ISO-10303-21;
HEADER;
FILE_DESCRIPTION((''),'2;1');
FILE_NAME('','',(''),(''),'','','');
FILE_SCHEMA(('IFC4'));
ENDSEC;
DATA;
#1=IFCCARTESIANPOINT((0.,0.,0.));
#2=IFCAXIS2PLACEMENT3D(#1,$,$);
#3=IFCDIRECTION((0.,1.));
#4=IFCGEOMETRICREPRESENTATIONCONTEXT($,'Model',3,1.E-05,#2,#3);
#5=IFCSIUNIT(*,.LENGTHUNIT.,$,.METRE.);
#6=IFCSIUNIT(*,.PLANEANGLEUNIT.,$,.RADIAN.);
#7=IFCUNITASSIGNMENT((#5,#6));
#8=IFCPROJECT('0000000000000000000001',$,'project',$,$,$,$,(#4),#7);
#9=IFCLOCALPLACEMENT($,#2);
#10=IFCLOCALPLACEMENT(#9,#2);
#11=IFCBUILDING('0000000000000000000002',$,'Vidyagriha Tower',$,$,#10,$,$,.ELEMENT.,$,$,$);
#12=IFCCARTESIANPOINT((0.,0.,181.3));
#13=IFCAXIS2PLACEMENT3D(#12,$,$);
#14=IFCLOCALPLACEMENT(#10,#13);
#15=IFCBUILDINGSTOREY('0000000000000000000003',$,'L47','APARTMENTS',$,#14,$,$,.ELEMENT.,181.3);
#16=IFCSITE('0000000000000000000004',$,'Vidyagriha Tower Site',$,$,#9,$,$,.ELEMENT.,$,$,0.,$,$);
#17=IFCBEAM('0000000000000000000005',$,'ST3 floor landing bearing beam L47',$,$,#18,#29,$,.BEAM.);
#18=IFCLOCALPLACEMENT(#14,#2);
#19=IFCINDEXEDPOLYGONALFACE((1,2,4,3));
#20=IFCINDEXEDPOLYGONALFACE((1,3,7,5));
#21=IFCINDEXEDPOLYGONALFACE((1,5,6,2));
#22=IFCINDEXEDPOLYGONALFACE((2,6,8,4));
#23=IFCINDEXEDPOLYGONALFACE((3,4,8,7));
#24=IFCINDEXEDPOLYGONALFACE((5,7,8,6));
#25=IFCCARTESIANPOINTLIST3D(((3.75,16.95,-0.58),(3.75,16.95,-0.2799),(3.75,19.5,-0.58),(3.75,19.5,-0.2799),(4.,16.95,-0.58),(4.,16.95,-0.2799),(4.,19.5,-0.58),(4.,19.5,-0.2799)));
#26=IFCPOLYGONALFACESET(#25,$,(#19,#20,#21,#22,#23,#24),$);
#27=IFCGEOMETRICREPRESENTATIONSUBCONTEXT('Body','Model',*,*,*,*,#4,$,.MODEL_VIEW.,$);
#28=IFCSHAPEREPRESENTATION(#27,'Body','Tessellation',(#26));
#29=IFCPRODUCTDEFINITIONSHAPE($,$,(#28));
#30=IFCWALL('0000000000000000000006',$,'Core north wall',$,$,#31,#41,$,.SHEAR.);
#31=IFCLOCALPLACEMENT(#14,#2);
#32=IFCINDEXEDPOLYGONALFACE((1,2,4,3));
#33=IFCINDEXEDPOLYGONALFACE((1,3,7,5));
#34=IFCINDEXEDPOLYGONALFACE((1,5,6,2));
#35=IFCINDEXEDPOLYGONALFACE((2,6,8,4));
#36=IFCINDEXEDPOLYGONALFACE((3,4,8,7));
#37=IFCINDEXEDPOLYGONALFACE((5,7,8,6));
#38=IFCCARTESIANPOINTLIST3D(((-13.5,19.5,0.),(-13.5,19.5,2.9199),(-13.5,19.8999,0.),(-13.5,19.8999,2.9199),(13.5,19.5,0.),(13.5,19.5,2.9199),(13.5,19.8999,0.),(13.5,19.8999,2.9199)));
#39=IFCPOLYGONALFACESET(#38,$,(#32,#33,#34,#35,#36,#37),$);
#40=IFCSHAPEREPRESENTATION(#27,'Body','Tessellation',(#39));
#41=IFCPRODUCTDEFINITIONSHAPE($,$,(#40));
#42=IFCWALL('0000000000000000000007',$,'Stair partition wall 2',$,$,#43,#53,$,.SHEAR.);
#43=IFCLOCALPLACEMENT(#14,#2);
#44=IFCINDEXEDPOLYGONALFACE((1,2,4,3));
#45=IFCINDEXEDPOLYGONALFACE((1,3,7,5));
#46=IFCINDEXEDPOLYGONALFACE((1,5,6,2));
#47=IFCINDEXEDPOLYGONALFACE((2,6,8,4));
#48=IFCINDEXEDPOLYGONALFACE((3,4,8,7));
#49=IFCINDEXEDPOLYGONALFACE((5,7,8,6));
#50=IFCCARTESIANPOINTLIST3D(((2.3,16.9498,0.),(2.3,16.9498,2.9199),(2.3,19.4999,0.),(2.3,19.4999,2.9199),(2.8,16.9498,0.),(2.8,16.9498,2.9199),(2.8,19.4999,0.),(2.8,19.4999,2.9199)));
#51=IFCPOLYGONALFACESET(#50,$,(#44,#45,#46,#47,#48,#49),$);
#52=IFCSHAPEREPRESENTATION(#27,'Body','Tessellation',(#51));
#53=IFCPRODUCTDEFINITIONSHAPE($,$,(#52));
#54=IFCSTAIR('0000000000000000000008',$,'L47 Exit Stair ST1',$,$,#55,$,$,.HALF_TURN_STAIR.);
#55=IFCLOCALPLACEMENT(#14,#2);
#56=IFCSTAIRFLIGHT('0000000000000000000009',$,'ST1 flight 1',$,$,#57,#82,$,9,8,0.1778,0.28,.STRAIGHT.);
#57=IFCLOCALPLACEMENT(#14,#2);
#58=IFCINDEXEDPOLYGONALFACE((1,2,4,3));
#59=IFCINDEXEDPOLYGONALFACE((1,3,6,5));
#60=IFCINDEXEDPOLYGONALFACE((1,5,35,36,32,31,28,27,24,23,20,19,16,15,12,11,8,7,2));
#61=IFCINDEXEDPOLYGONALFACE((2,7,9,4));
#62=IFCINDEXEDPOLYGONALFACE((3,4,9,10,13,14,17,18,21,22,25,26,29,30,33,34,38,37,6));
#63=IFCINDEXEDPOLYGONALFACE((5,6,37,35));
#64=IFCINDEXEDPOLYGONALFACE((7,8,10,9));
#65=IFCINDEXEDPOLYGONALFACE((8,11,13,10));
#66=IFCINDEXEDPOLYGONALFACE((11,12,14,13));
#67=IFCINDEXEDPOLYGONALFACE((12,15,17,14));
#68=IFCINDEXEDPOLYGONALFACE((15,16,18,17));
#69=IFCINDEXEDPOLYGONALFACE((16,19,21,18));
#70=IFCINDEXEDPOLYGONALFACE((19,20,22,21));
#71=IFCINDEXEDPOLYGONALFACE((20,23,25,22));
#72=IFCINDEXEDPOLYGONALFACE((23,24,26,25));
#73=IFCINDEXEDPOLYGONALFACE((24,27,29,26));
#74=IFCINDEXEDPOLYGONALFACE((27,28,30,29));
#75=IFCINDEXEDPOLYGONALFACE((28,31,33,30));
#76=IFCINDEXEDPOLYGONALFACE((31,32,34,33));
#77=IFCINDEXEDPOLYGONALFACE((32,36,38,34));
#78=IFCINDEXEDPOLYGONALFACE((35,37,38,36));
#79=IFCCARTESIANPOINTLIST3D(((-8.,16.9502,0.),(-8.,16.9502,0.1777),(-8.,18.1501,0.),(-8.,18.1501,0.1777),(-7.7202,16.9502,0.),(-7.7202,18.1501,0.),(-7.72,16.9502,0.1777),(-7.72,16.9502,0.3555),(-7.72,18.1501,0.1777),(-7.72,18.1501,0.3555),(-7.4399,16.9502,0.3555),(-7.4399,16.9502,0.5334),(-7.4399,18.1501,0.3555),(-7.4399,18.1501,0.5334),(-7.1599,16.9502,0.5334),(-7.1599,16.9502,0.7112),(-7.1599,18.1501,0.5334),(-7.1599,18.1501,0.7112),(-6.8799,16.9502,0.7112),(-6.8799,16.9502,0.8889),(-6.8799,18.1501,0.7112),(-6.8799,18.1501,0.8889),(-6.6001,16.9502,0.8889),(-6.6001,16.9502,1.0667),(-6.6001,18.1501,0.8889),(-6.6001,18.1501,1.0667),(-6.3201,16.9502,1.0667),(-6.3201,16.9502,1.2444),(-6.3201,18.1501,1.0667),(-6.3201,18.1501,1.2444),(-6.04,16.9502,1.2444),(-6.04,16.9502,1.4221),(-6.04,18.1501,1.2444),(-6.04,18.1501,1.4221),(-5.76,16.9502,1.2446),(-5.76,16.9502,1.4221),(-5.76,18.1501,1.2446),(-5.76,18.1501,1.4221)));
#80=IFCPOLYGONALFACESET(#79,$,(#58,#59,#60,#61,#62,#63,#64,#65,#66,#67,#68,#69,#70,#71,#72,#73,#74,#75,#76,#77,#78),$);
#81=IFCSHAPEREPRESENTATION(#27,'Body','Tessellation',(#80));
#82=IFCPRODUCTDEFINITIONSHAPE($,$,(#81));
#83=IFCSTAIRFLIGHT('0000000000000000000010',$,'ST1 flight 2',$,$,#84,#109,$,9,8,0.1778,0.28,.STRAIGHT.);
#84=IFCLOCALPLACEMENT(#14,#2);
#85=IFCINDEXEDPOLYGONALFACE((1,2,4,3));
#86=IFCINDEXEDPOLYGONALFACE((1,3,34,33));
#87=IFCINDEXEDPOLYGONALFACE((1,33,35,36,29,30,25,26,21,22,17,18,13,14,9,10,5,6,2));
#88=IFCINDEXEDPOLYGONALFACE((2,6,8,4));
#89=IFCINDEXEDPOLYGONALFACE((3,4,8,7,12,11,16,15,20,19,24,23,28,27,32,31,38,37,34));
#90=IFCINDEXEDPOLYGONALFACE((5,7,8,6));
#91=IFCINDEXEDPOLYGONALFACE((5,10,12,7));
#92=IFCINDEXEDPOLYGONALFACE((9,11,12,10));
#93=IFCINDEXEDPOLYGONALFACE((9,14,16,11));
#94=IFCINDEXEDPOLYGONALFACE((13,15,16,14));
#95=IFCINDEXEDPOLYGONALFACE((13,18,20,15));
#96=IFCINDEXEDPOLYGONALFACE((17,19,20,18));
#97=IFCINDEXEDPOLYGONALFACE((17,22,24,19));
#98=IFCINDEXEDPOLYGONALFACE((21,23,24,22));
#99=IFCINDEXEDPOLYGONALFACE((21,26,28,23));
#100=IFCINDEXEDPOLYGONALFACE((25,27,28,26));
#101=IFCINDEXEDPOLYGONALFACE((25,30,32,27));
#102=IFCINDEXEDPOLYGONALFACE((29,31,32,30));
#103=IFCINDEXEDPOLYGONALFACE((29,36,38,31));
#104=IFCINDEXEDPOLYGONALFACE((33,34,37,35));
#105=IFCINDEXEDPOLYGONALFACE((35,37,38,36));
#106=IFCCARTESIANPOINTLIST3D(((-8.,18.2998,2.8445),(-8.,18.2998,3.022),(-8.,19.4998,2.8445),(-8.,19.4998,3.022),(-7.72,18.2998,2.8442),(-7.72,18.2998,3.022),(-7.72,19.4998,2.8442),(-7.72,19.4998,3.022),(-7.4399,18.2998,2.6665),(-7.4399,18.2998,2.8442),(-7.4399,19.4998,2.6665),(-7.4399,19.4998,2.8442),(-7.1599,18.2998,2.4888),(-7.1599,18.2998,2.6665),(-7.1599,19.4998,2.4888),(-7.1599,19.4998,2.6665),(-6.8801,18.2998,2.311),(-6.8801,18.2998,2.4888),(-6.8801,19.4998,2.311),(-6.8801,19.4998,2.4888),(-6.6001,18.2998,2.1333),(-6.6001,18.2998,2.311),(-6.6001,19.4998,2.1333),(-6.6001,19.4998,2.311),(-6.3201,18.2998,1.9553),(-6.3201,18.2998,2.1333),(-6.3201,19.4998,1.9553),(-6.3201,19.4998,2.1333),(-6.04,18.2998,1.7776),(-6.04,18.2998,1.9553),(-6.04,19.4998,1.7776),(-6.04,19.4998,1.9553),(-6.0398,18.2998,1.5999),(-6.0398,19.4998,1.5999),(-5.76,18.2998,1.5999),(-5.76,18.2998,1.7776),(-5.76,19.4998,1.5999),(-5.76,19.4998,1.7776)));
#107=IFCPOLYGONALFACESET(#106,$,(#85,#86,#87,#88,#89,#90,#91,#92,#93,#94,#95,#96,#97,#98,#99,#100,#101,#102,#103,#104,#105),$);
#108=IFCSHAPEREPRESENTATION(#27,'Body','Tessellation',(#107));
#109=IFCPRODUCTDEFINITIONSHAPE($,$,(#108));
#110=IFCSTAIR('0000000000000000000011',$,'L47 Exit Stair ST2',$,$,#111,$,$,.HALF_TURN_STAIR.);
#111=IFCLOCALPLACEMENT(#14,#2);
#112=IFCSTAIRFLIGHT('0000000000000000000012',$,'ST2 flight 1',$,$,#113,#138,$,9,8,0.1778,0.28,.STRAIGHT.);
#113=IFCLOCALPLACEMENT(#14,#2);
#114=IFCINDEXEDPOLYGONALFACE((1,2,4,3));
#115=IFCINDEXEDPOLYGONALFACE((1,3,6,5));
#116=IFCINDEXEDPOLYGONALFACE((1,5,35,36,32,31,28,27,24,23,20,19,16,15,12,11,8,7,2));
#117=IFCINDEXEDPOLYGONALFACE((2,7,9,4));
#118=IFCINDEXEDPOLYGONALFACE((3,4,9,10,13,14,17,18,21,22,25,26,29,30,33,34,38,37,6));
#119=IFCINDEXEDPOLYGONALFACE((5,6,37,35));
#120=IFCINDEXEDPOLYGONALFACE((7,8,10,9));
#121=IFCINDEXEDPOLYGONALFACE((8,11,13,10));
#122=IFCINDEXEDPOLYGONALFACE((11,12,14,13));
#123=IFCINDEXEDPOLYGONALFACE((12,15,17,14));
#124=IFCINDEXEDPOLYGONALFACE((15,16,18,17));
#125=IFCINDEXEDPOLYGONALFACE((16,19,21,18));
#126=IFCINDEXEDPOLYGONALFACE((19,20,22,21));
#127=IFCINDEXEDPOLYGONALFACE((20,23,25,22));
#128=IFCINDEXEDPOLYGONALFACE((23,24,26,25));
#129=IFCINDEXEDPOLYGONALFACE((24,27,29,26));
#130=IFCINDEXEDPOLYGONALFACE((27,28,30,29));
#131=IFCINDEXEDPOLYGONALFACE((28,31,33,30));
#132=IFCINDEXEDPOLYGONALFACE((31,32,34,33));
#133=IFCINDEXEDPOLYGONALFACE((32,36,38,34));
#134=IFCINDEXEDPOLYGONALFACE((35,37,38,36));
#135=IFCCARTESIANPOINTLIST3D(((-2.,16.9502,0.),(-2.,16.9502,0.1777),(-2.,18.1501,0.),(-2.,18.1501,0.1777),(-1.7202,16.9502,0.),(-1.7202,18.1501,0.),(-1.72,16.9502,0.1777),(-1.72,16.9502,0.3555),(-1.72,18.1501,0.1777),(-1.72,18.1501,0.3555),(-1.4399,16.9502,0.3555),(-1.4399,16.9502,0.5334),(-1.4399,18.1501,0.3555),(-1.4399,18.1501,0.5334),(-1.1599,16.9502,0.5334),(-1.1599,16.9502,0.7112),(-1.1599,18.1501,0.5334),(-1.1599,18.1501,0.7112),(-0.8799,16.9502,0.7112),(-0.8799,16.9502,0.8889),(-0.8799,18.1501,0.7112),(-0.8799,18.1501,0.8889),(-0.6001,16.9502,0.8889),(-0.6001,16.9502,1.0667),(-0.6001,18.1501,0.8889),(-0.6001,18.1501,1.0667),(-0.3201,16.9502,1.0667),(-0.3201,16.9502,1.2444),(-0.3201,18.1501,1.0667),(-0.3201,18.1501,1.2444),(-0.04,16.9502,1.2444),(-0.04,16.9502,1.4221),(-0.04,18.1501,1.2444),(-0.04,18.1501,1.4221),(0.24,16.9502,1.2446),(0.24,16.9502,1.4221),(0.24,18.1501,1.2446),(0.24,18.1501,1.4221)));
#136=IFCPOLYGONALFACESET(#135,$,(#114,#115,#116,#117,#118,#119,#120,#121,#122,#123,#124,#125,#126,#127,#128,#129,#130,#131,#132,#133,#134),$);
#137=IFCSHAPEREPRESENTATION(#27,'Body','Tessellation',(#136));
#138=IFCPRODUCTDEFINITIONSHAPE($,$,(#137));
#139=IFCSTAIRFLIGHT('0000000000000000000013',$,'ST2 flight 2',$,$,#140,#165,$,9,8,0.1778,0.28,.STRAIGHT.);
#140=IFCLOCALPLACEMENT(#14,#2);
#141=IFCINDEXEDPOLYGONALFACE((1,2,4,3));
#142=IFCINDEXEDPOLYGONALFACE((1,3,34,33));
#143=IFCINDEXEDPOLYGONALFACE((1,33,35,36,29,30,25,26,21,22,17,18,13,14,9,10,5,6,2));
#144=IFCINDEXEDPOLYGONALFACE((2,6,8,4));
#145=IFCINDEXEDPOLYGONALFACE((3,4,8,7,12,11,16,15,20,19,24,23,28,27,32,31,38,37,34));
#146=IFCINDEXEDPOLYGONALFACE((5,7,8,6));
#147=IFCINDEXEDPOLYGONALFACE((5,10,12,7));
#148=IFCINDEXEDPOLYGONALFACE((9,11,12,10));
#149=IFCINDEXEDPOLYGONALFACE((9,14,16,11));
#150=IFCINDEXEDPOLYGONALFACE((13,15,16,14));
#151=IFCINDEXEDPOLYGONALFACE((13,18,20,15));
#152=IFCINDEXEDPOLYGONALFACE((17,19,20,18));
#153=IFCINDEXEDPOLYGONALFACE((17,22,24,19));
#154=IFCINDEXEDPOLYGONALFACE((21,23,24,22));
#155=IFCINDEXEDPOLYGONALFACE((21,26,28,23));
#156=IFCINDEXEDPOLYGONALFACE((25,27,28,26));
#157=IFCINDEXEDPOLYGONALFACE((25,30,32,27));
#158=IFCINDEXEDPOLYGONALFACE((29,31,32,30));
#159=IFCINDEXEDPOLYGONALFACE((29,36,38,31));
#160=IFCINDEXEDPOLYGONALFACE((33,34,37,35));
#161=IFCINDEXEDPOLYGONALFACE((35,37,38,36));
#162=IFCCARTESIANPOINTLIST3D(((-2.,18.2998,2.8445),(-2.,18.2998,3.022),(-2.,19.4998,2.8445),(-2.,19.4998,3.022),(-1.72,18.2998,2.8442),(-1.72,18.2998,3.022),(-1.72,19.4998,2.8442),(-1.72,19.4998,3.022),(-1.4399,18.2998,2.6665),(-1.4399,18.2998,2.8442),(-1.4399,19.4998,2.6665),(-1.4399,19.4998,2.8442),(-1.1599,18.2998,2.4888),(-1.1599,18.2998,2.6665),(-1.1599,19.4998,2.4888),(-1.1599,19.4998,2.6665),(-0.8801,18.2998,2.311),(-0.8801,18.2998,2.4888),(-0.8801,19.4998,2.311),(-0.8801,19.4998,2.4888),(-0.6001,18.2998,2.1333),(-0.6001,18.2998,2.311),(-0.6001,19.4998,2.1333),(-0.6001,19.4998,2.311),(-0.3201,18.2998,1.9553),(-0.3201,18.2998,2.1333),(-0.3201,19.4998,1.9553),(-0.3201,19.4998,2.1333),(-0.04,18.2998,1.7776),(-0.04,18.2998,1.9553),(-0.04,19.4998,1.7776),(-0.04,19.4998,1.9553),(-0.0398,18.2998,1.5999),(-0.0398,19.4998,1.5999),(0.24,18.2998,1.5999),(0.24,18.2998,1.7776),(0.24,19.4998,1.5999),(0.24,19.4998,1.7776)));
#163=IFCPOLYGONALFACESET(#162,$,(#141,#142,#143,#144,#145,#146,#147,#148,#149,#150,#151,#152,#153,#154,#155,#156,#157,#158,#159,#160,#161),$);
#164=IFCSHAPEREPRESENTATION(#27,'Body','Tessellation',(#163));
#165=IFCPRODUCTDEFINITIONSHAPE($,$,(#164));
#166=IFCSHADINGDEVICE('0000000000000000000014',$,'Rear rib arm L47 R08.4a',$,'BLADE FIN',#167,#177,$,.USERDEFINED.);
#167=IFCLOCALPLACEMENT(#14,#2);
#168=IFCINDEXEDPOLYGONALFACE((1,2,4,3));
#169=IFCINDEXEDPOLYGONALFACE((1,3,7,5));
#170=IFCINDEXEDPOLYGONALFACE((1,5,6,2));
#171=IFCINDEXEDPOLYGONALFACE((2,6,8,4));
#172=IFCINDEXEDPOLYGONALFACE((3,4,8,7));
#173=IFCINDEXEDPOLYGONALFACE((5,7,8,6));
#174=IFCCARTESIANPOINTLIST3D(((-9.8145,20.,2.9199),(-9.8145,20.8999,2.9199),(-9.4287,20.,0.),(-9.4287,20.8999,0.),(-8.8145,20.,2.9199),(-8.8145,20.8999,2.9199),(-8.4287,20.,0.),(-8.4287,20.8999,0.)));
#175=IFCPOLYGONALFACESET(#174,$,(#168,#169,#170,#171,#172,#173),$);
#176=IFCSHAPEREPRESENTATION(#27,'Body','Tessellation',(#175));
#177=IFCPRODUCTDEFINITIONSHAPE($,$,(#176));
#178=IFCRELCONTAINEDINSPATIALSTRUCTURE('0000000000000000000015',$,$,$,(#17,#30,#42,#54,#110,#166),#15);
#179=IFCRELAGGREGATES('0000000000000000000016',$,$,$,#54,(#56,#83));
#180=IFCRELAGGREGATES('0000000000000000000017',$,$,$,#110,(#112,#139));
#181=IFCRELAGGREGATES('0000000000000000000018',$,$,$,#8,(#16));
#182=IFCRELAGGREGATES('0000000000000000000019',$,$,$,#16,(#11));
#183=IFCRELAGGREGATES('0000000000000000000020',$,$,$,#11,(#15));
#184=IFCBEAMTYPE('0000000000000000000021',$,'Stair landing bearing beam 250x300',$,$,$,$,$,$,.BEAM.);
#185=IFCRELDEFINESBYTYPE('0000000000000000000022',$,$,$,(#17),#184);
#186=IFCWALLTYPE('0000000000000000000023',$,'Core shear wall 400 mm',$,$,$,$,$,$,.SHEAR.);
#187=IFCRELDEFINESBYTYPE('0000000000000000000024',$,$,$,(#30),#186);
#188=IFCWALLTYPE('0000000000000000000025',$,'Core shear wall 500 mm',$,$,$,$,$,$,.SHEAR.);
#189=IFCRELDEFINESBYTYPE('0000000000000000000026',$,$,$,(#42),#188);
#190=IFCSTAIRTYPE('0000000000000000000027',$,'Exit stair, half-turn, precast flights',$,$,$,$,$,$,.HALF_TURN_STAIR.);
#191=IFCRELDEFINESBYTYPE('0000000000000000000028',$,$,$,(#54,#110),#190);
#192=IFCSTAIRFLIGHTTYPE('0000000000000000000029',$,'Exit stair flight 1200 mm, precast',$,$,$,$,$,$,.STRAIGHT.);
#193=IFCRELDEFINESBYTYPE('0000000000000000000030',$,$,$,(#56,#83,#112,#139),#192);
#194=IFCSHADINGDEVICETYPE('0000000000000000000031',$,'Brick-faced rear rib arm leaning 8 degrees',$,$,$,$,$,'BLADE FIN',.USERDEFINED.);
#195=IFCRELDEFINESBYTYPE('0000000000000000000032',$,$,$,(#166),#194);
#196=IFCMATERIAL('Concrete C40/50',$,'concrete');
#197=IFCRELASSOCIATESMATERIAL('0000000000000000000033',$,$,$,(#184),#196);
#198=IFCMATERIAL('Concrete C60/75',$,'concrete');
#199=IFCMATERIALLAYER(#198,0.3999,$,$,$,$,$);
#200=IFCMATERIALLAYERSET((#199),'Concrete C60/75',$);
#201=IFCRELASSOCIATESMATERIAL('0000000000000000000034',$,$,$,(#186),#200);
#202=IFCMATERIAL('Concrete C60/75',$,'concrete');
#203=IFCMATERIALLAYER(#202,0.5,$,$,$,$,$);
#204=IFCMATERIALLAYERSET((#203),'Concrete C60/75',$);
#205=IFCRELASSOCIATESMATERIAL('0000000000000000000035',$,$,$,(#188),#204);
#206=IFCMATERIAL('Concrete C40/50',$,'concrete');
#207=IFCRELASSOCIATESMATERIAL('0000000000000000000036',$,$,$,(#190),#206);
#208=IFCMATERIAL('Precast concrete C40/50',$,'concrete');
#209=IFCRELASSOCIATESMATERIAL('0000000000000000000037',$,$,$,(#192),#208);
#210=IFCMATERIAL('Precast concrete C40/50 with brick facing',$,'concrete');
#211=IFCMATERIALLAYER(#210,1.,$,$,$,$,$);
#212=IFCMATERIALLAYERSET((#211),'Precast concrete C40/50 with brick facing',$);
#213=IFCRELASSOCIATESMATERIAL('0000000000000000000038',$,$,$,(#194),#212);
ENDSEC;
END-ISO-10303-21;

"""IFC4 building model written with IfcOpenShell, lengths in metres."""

from ifc_helpers import new_model, si_unit, direction, frame, frame_2d, origin, origin_2d, place, context, subcontext, project, spatial, polyline, rectangle, outline, extrude, material, layer, layer_set, material_profile, profile_set, type_object, element, aggregate, save


model = new_model("IFC4")

# Units and contexts
model_context = context("Model", 3, precision=1e-05, world=origin(), true_north=direction((0.0, 1.0)))
body_context = subcontext(model_context, "Body", "Model", "MODEL_VIEW")
ifc_project = project(units=[si_unit("LENGTHUNIT", "METRE"), si_unit("PLANEANGLEUNIT", "RADIAN")], contexts=[model_context])

# Site, building, storey
site_placement = place(None, origin())
site = spatial("IfcSite", under=ifc_project, at=site_placement, Name="Vidyagriha Tower Site", CompositionType="ELEMENT", RefElevation=0.0)
building_placement = place(site_placement, origin())
building = spatial("IfcBuilding", under=site, at=building_placement, Name="Vidyagriha Tower", CompositionType="ELEMENT")
storey_placement = place(building_placement, frame((0.0, 0.0, 181.3)))
storey = spatial("IfcBuildingStorey", under=building, at=storey_placement, Name="L47", Description="APARTMENTS", CompositionType="ELEMENT", Elevation=181.3)

# Beam
ifc_material_1 = material(Name="Concrete C40/50", Category="concrete")
ifc_material_profile = material_profile(ifc_material_1, rectangle(XDim=0.25, YDim=0.3, at=origin_2d()), Name="Stair landing bearing beam 250x300")
ifc_profile_set = profile_set([ifc_material_profile], Name="Concrete C40/50")
beam_type = type_object("IfcBeamType", Name="Stair landing bearing beam 250x300", PredefinedType="BEAM", material=ifc_profile_set)
beam_placement = place(storey_placement, frame((3.875, 16.95, -0.4299), z_axis=(0.0, 1.0, 0.0), x_axis=(-1.0, 0.0, 0.0)))
element("IfcBeam", 1, at=beam_placement, inside=storey, type_object=beam_type, Name="ST3 floor landing bearing beam L47", PredefinedType="BEAM", context=body_context, shape_type="SweptSolid", body=[
    extrude(rectangle(XDim=0.25, YDim=0.3, at=origin_2d()), origin(), (0.0, 0.0, 1.0), 2.55),
])

# Walls
ifc_material_2 = material(Name="Concrete C60/75", Category="concrete")
ifc_layer_1 = layer(ifc_material_2, 0.3999)
ifc_layer_set_1 = layer_set([ifc_layer_1], Name="Concrete C60/75")
wall_type_1 = type_object("IfcWallType", Name="Core shear wall 400 mm", PredefinedType="SHEAR", material=ifc_layer_set_1)
wall_1_placement = place(storey_placement, frame((-13.5, 19.7, 0.0)))
element("IfcWall", 2, at=wall_1_placement, inside=storey, type_object=wall_type_1, Name="Core north wall", PredefinedType="SHEAR", context=body_context, shape_type="SweptSolid", body=[
    extrude(rectangle(XDim=27.0, YDim=0.3999, at=frame_2d((13.5, 0.0))), origin(), (0.0, 0.0, 1.0), 2.9199),
])
ifc_material_3 = material(Name="Concrete C60/75", Category="concrete")
ifc_layer_2 = layer(ifc_material_3, 0.5)
ifc_layer_set_2 = layer_set([ifc_layer_2], Name="Concrete C60/75")
wall_type_2 = type_object("IfcWallType", Name="Core shear wall 500 mm", PredefinedType="SHEAR", material=ifc_layer_set_2)
wall_2_placement = place(storey_placement, frame((2.55, 16.95, 0.0), z_axis=(0.0, 0.0, 1.0), x_axis=(0.0, 1.0, 0.0)))
element("IfcWall", 3, at=wall_2_placement, inside=storey, type_object=wall_type_2, Name="Stair partition wall 2", PredefinedType="SHEAR", context=body_context, shape_type="SweptSolid", body=[
    extrude(rectangle(XDim=2.55, YDim=0.5, at=frame_2d((1.2749, 0.0))), origin(), (0.0, 0.0, 1.0), 2.9199),
])

# Stairs, stair flights
ifc_material_4 = material(Name="Concrete C40/50", Category="concrete")
stair_type = type_object("IfcStairType", Name="Exit stair, half-turn, precast flights", PredefinedType="HALF_TURN_STAIR", material=ifc_material_4)
stair_1_placement = place(storey_placement, origin())
stair_1 = element("IfcStair", 4, at=stair_1_placement, inside=storey, type_object=stair_type, Name="L47 Exit Stair ST1", PredefinedType="HALF_TURN_STAIR")
ifc_material_5 = material(Name="Precast concrete C40/50", Category="concrete")
stair_flight_type = type_object("IfcStairFlightType", Name="Exit stair flight 1200 mm, precast", PredefinedType="STRAIGHT", material=ifc_material_5)
stair_flight_1_placement = place(storey_placement, frame((-8.0, 17.55, 0.0)))
stair_flight_1 = element("IfcStairFlight", 5, at=stair_flight_1_placement, type_object=stair_flight_type, Name="ST1 flight 1", NumberOfRisers=9, NumberOfTreads=8, PredefinedType="STRAIGHT", RiserHeight=0.1778, TreadLength=0.28, context=body_context, shape_type="SweptSolid", body=[
    extrude(outline(polyline([(0.0, 0.0), (0.0, 0.1777), (0.28, 0.1777), (0.28, 0.3555), (0.5601, 0.3555), (0.5601, 0.5334), (0.8401, 0.5334), (0.8401, 0.7112), (1.1201, 0.7112), (1.1201, 0.8889), (1.3999, 0.8889), (1.3999, 1.0667), (1.6799, 1.0667), (1.6799, 1.2444), (1.96, 1.2444), (1.96, 1.4221), (2.24, 1.4221), (2.24, 1.6001), (2.24, 1.2446), (0.2798, 0.0), (0.0, 0.0)])), frame((0.0, 0.6001, 0.0), z_axis=(0.0, -1.0, 0.0), x_axis=(1.0, 0.0, 0.0)), (0.0, 0.0, 1.0), 1.2),
])
stair_flight_2_placement = place(storey_placement, frame((-5.76, 18.8999, 1.5999), z_axis=(0.0, 0.0, 1.0), x_axis=(-1.0, 0.0, 0.0)))
stair_flight_2 = element("IfcStairFlight", 6, at=stair_flight_2_placement, type_object=stair_flight_type, Name="ST1 flight 2", NumberOfRisers=9, NumberOfTreads=8, PredefinedType="STRAIGHT", RiserHeight=0.1778, TreadLength=0.28, context=body_context, shape_type="SweptSolid", body=[
    extrude(outline(polyline([(0.0, 0.0), (0.0, 0.1777), (0.28, 0.1777), (0.28, 0.3555), (0.5601, 0.3555), (0.5601, 0.5334), (0.8401, 0.5334), (0.8401, 0.7112), (1.1201, 0.7112), (1.1201, 0.8889), (1.3999, 0.8889), (1.3999, 1.0667), (1.6799, 1.0667), (1.6799, 1.2444), (1.96, 1.2444), (1.96, 1.4221), (2.24, 1.4221), (2.24, 1.6001), (2.24, 1.2446), (0.2798, 0.0), (0.0, 0.0)])), frame((0.0, 0.6001, 0.0), z_axis=(0.0, -1.0, 0.0), x_axis=(1.0, 0.0, 0.0)), (0.0, 0.0, 1.0), 1.2),
])
aggregate(stair_1, [stair_flight_1, stair_flight_2])
stair_2_placement = place(storey_placement, origin())
stair_2 = element("IfcStair", 7, at=stair_2_placement, inside=storey, type_object=stair_type, Name="L47 Exit Stair ST2", PredefinedType="HALF_TURN_STAIR")
stair_flight_3_placement = place(storey_placement, frame((-2.0, 17.55, 0.0)))
stair_flight_3 = element("IfcStairFlight", 8, at=stair_flight_3_placement, type_object=stair_flight_type, Name="ST2 flight 1", NumberOfRisers=9, NumberOfTreads=8, PredefinedType="STRAIGHT", RiserHeight=0.1778, TreadLength=0.28, context=body_context, shape_type="SweptSolid", body=[
    extrude(outline(polyline([(0.0, 0.0), (0.0, 0.1777), (0.28, 0.1777), (0.28, 0.3555), (0.5601, 0.3555), (0.5601, 0.5334), (0.8401, 0.5334), (0.8401, 0.7112), (1.1201, 0.7112), (1.1201, 0.8889), (1.3999, 0.8889), (1.3999, 1.0667), (1.6799, 1.0667), (1.6799, 1.2444), (1.96, 1.2444), (1.96, 1.4221), (2.24, 1.4221), (2.24, 1.6001), (2.24, 1.2446), (0.2798, 0.0), (0.0, 0.0)])), frame((0.0, 0.6001, 0.0), z_axis=(0.0, -1.0, 0.0), x_axis=(1.0, 0.0, 0.0)), (0.0, 0.0, 1.0), 1.2),
])
stair_flight_4_placement = place(storey_placement, frame((0.24, 18.8999, 1.5999), z_axis=(0.0, 0.0, 1.0), x_axis=(-1.0, 0.0, 0.0)))
stair_flight_4 = element("IfcStairFlight", 9, at=stair_flight_4_placement, type_object=stair_flight_type, Name="ST2 flight 2", NumberOfRisers=9, NumberOfTreads=8, PredefinedType="STRAIGHT", RiserHeight=0.1778, TreadLength=0.28, context=body_context, shape_type="SweptSolid", body=[
    extrude(outline(polyline([(0.0, 0.0), (0.0, 0.1777), (0.28, 0.1777), (0.28, 0.3555), (0.5601, 0.3555), (0.5601, 0.5334), (0.8401, 0.5334), (0.8401, 0.7112), (1.1201, 0.7112), (1.1201, 0.8889), (1.3999, 0.8889), (1.3999, 1.0667), (1.6799, 1.0667), (1.6799, 1.2444), (1.96, 1.2444), (1.96, 1.4221), (2.24, 1.4221), (2.24, 1.6001), (2.24, 1.2446), (0.2798, 0.0), (0.0, 0.0)])), frame((0.0, 0.6001, 0.0), z_axis=(0.0, -1.0, 0.0), x_axis=(1.0, 0.0, 0.0)), (0.0, 0.0, 1.0), 1.2),
])
aggregate(stair_2, [stair_flight_3, stair_flight_4])

# Shading device
ifc_material_6 = material(Name="Precast concrete C40/50 with brick facing", Category="concrete")
ifc_layer_3 = layer(ifc_material_6, 1.0)
ifc_layer_set_3 = layer_set([ifc_layer_3], Name="Precast concrete C40/50 with brick facing")
shading_device_type_1 = type_object("IfcShadingDeviceType", Name="Brick-faced rear rib arm leaning 8 degrees", ElementType="BLADE FIN", PredefinedType="USERDEFINED", material=ifc_layer_set_3)
shading_device_1_placement = place(storey_placement, frame((-8.4287, 20.45, 0.0), z_axis=(0.0, 0.0, 1.0), x_axis=(-1.0, 0.0, 0.0)))
element("IfcShadingDevice", 10, at=shading_device_1_placement, inside=storey, type_object=shading_device_type_1, Name="Rear rib arm L47 R08.4a", ObjectType="BLADE FIN", PredefinedType="USERDEFINED", context=body_context, shape_type="SweptSolid", body=[
    extrude(outline(polyline([(0.0, 0.0), (1.0, 0.0), (1.3857, 2.9199), (0.3857, 2.9199), (0.0, 0.0)])), frame((0.0, 0.45, 0.0), z_axis=(0.0, -1.0, 0.0), x_axis=(1.0, 0.0, 0.0)), (0.0, 0.0, 1.0), 0.8999),
])

save(model, "model.ifc")
